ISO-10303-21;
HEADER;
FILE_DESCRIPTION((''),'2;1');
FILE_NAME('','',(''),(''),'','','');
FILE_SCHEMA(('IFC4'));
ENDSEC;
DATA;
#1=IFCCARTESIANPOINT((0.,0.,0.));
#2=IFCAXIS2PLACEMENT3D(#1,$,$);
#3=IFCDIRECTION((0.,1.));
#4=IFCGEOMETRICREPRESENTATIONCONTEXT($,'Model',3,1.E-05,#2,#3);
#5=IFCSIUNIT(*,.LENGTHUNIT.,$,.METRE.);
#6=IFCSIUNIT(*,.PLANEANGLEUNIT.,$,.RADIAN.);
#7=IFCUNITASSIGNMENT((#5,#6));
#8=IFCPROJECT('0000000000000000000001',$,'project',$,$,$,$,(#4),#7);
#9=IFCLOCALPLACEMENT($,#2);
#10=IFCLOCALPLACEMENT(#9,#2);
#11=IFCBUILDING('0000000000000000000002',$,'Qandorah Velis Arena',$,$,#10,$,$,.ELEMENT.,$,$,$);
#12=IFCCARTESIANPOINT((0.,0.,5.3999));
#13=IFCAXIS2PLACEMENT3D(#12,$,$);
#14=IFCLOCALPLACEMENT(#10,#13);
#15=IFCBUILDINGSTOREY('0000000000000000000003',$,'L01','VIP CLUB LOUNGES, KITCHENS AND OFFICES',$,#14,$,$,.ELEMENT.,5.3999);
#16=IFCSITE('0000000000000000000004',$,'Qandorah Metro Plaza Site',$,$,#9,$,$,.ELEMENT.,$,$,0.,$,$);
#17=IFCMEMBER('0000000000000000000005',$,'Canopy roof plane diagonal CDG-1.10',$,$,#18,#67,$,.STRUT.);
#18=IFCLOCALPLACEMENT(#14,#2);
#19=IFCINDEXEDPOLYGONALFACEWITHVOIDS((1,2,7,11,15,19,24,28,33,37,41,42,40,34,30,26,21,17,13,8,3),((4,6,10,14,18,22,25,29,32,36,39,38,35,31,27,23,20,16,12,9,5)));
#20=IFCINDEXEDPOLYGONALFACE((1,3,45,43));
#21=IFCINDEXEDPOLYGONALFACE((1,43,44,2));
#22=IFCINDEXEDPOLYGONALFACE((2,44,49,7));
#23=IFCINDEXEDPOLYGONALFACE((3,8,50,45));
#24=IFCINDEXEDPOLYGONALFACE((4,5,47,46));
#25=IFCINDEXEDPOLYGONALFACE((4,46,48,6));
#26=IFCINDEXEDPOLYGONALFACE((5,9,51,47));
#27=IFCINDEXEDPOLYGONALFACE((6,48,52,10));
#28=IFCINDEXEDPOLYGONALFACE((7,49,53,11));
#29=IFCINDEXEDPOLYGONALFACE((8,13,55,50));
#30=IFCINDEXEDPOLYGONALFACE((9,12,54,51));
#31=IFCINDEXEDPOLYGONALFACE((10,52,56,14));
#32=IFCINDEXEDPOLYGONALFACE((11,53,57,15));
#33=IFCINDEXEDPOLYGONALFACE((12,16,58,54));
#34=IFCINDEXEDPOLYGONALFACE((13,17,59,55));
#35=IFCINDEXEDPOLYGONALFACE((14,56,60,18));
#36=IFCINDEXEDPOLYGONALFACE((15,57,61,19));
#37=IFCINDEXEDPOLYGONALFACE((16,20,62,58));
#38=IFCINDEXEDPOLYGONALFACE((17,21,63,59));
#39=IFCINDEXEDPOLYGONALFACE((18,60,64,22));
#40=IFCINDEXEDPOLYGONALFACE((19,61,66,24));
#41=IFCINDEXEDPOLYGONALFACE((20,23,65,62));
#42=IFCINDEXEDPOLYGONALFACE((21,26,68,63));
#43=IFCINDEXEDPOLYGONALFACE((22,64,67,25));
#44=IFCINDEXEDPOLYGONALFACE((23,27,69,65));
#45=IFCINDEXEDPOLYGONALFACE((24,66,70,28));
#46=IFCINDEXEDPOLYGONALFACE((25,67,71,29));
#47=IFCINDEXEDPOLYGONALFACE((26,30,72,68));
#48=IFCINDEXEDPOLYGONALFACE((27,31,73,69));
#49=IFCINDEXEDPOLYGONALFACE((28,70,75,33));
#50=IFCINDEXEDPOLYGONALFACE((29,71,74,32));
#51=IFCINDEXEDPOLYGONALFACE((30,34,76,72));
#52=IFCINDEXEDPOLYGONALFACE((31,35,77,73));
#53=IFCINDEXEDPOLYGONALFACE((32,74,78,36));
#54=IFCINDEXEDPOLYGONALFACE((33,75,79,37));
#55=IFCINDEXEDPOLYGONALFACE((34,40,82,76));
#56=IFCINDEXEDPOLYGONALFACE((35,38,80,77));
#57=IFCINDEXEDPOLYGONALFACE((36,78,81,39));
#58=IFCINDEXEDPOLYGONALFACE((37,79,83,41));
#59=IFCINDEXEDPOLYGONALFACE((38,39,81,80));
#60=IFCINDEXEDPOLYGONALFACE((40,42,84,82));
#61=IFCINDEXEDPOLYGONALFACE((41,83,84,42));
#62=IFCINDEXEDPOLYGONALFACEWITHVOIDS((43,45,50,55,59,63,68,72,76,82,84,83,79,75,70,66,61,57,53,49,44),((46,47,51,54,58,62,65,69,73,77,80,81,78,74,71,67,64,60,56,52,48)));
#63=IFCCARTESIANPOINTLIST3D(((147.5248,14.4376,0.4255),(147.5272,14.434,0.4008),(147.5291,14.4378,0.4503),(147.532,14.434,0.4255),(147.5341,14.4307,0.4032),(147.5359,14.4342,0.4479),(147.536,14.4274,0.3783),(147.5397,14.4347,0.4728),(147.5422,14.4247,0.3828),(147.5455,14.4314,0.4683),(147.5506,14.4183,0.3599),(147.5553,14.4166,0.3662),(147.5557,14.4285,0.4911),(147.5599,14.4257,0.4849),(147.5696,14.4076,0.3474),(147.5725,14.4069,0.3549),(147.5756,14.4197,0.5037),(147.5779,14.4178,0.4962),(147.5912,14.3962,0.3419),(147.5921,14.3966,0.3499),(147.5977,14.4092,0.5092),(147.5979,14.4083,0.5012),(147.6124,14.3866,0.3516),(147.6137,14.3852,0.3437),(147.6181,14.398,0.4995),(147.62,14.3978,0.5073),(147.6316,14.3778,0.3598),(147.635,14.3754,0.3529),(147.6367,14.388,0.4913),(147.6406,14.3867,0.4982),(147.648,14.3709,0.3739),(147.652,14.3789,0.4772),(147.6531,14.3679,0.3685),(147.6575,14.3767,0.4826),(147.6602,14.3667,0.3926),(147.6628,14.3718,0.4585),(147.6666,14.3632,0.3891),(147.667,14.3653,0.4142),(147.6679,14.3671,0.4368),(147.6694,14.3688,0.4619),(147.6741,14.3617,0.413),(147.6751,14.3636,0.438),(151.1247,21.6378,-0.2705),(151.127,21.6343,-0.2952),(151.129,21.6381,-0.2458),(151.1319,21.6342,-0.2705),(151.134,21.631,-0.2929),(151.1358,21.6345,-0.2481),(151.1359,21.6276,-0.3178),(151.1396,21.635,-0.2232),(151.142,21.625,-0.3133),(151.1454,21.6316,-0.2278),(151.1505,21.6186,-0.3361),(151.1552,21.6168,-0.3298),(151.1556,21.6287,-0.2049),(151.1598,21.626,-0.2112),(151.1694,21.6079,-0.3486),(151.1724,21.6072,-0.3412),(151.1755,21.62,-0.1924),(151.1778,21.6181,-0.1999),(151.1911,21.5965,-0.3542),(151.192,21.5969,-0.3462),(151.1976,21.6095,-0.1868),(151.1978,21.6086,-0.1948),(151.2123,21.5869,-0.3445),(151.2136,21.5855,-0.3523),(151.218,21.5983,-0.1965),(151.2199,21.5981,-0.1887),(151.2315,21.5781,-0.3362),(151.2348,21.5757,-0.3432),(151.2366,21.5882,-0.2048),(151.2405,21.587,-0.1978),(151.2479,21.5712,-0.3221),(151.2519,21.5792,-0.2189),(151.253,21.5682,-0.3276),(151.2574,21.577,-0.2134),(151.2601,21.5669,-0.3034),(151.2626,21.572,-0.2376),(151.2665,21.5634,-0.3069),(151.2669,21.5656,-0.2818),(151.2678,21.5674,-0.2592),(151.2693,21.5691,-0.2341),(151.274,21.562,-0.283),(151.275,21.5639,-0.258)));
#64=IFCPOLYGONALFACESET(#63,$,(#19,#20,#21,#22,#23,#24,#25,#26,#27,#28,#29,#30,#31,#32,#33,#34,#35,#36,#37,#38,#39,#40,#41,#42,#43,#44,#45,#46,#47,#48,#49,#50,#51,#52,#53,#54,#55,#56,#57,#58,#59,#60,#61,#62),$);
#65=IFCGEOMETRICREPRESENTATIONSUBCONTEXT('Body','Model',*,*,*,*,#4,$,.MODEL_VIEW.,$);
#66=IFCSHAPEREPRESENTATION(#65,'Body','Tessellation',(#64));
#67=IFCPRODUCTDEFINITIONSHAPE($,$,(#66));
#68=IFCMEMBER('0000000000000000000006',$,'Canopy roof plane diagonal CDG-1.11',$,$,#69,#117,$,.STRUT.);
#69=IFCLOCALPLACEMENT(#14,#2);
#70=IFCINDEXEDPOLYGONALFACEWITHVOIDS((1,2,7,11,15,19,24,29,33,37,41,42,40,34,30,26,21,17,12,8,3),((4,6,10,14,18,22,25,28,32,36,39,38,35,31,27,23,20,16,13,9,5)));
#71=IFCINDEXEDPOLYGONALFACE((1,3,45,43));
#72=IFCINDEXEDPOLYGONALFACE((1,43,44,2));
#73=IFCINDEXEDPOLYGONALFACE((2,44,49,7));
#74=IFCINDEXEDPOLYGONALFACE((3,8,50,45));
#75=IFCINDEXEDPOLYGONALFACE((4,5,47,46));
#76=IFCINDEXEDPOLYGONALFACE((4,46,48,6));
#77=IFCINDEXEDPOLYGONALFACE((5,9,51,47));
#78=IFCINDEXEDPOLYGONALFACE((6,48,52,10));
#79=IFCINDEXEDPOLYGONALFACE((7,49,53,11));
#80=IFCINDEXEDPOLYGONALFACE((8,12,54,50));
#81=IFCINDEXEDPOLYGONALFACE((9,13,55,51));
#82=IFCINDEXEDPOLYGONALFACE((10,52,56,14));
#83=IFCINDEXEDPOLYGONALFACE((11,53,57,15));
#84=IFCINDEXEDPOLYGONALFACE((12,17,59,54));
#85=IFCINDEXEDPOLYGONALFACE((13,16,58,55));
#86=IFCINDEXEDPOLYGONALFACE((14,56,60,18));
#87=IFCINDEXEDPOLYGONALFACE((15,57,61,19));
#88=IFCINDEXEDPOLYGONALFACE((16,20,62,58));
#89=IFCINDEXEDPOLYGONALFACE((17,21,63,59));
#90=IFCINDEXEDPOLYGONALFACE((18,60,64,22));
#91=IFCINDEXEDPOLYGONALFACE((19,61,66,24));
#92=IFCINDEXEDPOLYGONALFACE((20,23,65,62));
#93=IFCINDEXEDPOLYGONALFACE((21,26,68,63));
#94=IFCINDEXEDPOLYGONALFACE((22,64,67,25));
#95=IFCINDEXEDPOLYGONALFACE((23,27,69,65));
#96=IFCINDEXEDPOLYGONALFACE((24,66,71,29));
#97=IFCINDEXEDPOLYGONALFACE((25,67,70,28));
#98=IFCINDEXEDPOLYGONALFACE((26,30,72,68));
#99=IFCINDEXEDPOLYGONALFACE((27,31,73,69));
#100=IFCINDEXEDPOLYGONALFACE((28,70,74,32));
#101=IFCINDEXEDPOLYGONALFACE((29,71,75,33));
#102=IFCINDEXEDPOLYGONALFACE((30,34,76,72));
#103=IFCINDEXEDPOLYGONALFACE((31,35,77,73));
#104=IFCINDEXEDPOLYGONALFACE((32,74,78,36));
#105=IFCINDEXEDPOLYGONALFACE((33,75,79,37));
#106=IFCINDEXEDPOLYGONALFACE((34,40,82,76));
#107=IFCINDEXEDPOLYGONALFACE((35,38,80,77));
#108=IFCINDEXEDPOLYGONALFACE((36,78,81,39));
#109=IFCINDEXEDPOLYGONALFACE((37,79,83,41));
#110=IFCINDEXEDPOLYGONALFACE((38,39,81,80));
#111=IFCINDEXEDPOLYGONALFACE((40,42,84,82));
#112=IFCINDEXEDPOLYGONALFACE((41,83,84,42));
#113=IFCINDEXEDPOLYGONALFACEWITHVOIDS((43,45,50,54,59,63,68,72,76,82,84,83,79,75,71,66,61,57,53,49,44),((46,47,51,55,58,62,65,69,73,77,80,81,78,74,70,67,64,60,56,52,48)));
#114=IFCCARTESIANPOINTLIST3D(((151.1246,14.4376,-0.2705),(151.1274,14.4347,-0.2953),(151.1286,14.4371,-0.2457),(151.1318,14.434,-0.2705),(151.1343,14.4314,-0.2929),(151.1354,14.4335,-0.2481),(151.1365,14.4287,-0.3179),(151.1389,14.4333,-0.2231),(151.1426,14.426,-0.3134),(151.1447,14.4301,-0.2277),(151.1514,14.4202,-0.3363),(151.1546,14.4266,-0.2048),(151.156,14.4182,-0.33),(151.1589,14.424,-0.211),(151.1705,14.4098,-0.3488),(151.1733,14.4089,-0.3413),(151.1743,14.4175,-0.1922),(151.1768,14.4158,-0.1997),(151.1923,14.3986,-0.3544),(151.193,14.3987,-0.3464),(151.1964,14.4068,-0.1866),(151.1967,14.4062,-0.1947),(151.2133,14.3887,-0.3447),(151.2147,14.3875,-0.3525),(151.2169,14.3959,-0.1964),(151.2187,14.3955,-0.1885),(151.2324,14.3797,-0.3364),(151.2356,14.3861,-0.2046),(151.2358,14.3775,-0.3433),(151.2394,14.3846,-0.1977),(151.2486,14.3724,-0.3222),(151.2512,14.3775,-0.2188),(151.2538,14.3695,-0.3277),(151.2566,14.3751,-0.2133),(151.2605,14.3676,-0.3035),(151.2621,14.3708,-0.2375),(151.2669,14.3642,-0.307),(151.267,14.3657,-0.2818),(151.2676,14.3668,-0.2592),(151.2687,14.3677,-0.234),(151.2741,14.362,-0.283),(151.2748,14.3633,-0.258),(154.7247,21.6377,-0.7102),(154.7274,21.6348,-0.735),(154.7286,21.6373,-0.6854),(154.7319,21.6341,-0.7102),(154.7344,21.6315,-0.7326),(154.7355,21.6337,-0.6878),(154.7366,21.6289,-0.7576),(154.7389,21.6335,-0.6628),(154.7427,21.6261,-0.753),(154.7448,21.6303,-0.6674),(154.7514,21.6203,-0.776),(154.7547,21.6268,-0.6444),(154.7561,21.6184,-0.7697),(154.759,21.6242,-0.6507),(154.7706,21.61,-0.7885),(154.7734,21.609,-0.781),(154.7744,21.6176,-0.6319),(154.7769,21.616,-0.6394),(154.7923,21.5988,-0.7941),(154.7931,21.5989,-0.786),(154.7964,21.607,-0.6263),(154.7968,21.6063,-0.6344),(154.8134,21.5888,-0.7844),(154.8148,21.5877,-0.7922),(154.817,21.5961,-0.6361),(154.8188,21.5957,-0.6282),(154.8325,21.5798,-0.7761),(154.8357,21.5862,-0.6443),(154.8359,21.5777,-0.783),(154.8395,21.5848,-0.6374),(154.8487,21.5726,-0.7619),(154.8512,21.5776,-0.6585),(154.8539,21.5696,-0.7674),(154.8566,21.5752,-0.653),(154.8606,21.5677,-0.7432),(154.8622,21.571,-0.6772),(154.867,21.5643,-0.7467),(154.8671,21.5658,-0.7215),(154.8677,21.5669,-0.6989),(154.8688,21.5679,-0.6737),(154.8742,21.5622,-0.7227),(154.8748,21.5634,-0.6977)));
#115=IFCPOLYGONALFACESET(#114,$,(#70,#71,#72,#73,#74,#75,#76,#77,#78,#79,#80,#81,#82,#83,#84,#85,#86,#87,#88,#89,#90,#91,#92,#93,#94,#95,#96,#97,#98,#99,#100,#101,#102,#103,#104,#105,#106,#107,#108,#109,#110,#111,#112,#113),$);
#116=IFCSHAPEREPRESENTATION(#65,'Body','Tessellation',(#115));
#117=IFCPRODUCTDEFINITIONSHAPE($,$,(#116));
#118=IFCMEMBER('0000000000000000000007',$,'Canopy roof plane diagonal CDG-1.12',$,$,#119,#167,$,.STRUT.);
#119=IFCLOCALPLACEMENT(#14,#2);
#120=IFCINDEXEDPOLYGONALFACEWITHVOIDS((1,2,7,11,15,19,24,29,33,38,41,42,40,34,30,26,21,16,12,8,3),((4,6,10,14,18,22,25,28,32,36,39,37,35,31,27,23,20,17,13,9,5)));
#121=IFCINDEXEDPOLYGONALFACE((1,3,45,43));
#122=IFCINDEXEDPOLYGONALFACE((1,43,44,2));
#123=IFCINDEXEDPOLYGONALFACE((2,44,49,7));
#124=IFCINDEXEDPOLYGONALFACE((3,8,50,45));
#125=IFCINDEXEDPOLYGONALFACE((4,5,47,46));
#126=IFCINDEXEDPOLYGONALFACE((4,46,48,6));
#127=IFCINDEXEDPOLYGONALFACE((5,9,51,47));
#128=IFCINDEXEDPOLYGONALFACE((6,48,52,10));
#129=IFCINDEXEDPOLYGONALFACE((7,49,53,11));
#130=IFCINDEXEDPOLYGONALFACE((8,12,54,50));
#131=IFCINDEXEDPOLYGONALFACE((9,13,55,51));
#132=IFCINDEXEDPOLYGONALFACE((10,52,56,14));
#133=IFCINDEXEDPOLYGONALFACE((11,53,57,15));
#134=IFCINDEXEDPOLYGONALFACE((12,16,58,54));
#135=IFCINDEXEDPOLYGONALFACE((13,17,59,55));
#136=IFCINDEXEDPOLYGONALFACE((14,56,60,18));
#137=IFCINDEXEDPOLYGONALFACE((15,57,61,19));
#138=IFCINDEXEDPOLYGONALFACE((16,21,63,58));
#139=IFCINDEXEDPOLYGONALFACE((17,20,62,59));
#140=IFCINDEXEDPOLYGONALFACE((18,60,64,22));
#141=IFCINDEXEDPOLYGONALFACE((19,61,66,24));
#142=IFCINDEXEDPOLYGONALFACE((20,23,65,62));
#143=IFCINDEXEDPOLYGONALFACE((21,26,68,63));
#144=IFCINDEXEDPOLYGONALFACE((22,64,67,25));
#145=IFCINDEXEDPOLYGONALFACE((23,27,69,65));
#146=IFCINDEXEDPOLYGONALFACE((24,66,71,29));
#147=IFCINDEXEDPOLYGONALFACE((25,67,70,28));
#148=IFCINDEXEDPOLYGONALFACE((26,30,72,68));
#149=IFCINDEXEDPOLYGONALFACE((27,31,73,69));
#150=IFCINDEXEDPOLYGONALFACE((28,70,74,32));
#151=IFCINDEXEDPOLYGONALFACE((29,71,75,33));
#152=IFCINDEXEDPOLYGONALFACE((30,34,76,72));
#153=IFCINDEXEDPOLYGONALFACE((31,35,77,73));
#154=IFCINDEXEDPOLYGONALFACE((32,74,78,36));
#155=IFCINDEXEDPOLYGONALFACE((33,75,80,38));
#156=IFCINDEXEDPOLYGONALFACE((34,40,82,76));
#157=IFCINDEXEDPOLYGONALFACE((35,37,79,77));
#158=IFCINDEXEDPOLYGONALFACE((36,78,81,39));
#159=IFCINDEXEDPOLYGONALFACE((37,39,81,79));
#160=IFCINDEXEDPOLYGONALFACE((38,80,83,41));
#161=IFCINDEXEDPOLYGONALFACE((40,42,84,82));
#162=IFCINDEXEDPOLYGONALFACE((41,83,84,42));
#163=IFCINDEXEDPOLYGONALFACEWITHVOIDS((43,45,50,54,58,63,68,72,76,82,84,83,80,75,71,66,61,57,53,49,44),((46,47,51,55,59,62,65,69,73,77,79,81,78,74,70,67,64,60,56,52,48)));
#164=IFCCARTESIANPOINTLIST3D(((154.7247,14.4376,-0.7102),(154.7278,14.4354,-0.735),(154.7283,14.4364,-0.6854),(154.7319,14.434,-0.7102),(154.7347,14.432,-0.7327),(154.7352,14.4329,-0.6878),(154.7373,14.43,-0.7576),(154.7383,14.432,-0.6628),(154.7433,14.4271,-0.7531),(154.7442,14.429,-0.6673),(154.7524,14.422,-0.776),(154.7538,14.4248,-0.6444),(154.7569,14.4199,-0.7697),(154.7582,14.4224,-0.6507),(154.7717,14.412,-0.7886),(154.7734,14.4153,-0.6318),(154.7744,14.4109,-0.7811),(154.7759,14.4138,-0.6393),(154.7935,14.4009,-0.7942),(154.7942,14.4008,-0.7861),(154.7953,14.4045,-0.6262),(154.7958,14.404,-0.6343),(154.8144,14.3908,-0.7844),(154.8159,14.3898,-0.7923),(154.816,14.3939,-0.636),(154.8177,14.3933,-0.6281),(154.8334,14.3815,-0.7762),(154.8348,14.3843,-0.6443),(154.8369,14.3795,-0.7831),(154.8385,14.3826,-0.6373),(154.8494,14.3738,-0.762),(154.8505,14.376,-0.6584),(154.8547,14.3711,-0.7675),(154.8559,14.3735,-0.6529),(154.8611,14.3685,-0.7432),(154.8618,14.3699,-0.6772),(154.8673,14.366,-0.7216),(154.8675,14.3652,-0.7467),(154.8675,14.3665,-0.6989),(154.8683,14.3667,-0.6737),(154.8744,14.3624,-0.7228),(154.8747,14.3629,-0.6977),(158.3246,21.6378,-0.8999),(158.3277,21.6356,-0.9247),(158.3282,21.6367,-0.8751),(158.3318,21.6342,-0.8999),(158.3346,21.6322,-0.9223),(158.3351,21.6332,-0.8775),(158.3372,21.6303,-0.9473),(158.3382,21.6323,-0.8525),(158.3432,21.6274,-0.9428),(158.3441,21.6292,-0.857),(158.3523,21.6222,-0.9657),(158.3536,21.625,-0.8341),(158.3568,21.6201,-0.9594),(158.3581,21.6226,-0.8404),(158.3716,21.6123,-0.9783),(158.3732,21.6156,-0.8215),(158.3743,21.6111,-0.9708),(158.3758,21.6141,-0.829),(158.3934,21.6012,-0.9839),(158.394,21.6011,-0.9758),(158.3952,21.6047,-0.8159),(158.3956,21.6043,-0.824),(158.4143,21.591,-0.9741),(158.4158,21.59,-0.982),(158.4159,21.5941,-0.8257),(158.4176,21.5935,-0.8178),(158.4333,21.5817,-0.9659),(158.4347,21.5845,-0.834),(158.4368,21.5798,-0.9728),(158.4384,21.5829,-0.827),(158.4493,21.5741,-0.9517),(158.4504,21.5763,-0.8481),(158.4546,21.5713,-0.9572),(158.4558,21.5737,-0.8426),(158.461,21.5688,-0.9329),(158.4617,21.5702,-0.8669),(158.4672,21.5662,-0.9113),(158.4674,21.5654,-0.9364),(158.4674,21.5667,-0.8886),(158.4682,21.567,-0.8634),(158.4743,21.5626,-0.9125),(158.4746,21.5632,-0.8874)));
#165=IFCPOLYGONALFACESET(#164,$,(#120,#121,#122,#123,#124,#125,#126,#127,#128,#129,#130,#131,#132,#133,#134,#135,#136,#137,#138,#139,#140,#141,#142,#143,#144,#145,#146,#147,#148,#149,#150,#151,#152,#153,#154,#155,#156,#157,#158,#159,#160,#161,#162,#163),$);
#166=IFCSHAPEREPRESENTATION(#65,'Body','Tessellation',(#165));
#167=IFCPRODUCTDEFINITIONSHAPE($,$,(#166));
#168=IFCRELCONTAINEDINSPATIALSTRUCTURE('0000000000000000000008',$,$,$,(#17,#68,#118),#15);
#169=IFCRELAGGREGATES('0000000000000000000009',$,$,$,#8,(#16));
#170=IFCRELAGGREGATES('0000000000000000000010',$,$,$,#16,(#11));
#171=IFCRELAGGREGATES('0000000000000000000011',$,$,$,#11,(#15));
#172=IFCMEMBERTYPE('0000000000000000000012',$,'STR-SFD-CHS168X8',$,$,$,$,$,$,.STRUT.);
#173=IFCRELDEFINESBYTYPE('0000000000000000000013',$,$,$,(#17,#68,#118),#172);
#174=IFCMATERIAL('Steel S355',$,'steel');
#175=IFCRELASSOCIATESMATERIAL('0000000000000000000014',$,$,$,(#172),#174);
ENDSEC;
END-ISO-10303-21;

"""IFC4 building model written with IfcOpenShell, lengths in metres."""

from ifc_helpers import new_model, si_unit, direction, frame, origin, origin_2d, place, context, subcontext, project, spatial, hollow_circle, extrude, material, material_profile, profile_set, type_object, element, save


model = new_model("IFC4")

# Units and contexts
model_context = context("Model", 3, precision=1e-05, world=origin(), true_north=direction((0.0, 1.0)))
body_context = subcontext(model_context, "Body", "Model", "MODEL_VIEW")
ifc_project = project(units=[si_unit("LENGTHUNIT", "METRE"), si_unit("PLANEANGLEUNIT", "RADIAN")], contexts=[model_context])

# Site, building, storey
site_placement = place(None, origin())
site = spatial("IfcSite", under=ifc_project, at=site_placement, Name="Qandorah Metro Plaza Site", CompositionType="ELEMENT", RefElevation=0.0)
building_placement = place(site_placement, origin())
building = spatial("IfcBuilding", under=site, at=building_placement, Name="Qandorah Velis Arena", CompositionType="ELEMENT")
storey_placement = place(building_placement, frame((0.0, 0.0, 5.3999)))
storey = spatial("IfcBuildingStorey", under=building, at=storey_placement, Name="L01", Description="VIP CLUB LOUNGES, KITCHENS AND OFFICES", CompositionType="ELEMENT", Elevation=5.3999)

# Shared definitions
ifc_material_1 = material(Name="Steel S355", Category="steel")

# Members
ifc_material_profile_1 = material_profile(ifc_material_1, hollow_circle(Radius=0.0842, WallThickness=0.0081, at=origin_2d()), Name="CHS 168.3x8")
ifc_profile_set_1 = profile_set([ifc_material_profile_1], Name="Steel S355")
member_type_1 = type_object("IfcMemberType", Name="STR-SFD-CHS168X8", PredefinedType="STRUT", material=ifc_profile_set_1)
member_1_placement = place(storey_placement, frame((147.6001, 14.3999, 0.4255), z_axis=(0.445527, 0.891114, -0.086144), x_axis=(-0.894439, 0.447189, 0.0)))
element("IfcMember", 1, at=member_1_placement, inside=storey, type_object=member_type_1, Name="Canopy roof plane diagonal CDG-1.10", PredefinedType="STRUT", context=body_context, shape_type="SweptSolid", body=[
    extrude(hollow_circle(Radius=0.0842, WallThickness=0.0081, at=origin_2d()), origin(), (0.0, 0.0, 1.0), 8.0801),
])
member_2_placement = place(storey_placement, frame((151.2, 14.3999, -0.2705), z_axis=(0.446548, 0.893096, -0.054539), x_axis=(-0.894427, 0.447214, 0.0)))
element("IfcMember", 2, at=member_2_placement, inside=storey, type_object=member_type_1, Name="Canopy roof plane diagonal CDG-1.11", PredefinedType="STRUT", context=body_context, shape_type="SweptSolid", body=[
    extrude(hollow_circle(Radius=0.0842, WallThickness=0.0081, at=origin_2d()), origin(), (0.0, 0.0, 1.0), 8.062),
])
member_3_placement = place(storey_placement, frame((154.8, 14.3999, -0.7102), z_axis=(0.447065, 0.894191, -0.023558), x_axis=(-0.894439, 0.447189, 0.0)))
element("IfcMember", 3, at=member_3_placement, inside=storey, type_object=member_type_1, Name="Canopy roof plane diagonal CDG-1.12", PredefinedType="STRUT", context=body_context, shape_type="SweptSolid", body=[
    extrude(hollow_circle(Radius=0.0842, WallThickness=0.0081, at=origin_2d()), origin(), (0.0, 0.0, 1.0), 8.0522),
])

save(model, "model.ifc")
